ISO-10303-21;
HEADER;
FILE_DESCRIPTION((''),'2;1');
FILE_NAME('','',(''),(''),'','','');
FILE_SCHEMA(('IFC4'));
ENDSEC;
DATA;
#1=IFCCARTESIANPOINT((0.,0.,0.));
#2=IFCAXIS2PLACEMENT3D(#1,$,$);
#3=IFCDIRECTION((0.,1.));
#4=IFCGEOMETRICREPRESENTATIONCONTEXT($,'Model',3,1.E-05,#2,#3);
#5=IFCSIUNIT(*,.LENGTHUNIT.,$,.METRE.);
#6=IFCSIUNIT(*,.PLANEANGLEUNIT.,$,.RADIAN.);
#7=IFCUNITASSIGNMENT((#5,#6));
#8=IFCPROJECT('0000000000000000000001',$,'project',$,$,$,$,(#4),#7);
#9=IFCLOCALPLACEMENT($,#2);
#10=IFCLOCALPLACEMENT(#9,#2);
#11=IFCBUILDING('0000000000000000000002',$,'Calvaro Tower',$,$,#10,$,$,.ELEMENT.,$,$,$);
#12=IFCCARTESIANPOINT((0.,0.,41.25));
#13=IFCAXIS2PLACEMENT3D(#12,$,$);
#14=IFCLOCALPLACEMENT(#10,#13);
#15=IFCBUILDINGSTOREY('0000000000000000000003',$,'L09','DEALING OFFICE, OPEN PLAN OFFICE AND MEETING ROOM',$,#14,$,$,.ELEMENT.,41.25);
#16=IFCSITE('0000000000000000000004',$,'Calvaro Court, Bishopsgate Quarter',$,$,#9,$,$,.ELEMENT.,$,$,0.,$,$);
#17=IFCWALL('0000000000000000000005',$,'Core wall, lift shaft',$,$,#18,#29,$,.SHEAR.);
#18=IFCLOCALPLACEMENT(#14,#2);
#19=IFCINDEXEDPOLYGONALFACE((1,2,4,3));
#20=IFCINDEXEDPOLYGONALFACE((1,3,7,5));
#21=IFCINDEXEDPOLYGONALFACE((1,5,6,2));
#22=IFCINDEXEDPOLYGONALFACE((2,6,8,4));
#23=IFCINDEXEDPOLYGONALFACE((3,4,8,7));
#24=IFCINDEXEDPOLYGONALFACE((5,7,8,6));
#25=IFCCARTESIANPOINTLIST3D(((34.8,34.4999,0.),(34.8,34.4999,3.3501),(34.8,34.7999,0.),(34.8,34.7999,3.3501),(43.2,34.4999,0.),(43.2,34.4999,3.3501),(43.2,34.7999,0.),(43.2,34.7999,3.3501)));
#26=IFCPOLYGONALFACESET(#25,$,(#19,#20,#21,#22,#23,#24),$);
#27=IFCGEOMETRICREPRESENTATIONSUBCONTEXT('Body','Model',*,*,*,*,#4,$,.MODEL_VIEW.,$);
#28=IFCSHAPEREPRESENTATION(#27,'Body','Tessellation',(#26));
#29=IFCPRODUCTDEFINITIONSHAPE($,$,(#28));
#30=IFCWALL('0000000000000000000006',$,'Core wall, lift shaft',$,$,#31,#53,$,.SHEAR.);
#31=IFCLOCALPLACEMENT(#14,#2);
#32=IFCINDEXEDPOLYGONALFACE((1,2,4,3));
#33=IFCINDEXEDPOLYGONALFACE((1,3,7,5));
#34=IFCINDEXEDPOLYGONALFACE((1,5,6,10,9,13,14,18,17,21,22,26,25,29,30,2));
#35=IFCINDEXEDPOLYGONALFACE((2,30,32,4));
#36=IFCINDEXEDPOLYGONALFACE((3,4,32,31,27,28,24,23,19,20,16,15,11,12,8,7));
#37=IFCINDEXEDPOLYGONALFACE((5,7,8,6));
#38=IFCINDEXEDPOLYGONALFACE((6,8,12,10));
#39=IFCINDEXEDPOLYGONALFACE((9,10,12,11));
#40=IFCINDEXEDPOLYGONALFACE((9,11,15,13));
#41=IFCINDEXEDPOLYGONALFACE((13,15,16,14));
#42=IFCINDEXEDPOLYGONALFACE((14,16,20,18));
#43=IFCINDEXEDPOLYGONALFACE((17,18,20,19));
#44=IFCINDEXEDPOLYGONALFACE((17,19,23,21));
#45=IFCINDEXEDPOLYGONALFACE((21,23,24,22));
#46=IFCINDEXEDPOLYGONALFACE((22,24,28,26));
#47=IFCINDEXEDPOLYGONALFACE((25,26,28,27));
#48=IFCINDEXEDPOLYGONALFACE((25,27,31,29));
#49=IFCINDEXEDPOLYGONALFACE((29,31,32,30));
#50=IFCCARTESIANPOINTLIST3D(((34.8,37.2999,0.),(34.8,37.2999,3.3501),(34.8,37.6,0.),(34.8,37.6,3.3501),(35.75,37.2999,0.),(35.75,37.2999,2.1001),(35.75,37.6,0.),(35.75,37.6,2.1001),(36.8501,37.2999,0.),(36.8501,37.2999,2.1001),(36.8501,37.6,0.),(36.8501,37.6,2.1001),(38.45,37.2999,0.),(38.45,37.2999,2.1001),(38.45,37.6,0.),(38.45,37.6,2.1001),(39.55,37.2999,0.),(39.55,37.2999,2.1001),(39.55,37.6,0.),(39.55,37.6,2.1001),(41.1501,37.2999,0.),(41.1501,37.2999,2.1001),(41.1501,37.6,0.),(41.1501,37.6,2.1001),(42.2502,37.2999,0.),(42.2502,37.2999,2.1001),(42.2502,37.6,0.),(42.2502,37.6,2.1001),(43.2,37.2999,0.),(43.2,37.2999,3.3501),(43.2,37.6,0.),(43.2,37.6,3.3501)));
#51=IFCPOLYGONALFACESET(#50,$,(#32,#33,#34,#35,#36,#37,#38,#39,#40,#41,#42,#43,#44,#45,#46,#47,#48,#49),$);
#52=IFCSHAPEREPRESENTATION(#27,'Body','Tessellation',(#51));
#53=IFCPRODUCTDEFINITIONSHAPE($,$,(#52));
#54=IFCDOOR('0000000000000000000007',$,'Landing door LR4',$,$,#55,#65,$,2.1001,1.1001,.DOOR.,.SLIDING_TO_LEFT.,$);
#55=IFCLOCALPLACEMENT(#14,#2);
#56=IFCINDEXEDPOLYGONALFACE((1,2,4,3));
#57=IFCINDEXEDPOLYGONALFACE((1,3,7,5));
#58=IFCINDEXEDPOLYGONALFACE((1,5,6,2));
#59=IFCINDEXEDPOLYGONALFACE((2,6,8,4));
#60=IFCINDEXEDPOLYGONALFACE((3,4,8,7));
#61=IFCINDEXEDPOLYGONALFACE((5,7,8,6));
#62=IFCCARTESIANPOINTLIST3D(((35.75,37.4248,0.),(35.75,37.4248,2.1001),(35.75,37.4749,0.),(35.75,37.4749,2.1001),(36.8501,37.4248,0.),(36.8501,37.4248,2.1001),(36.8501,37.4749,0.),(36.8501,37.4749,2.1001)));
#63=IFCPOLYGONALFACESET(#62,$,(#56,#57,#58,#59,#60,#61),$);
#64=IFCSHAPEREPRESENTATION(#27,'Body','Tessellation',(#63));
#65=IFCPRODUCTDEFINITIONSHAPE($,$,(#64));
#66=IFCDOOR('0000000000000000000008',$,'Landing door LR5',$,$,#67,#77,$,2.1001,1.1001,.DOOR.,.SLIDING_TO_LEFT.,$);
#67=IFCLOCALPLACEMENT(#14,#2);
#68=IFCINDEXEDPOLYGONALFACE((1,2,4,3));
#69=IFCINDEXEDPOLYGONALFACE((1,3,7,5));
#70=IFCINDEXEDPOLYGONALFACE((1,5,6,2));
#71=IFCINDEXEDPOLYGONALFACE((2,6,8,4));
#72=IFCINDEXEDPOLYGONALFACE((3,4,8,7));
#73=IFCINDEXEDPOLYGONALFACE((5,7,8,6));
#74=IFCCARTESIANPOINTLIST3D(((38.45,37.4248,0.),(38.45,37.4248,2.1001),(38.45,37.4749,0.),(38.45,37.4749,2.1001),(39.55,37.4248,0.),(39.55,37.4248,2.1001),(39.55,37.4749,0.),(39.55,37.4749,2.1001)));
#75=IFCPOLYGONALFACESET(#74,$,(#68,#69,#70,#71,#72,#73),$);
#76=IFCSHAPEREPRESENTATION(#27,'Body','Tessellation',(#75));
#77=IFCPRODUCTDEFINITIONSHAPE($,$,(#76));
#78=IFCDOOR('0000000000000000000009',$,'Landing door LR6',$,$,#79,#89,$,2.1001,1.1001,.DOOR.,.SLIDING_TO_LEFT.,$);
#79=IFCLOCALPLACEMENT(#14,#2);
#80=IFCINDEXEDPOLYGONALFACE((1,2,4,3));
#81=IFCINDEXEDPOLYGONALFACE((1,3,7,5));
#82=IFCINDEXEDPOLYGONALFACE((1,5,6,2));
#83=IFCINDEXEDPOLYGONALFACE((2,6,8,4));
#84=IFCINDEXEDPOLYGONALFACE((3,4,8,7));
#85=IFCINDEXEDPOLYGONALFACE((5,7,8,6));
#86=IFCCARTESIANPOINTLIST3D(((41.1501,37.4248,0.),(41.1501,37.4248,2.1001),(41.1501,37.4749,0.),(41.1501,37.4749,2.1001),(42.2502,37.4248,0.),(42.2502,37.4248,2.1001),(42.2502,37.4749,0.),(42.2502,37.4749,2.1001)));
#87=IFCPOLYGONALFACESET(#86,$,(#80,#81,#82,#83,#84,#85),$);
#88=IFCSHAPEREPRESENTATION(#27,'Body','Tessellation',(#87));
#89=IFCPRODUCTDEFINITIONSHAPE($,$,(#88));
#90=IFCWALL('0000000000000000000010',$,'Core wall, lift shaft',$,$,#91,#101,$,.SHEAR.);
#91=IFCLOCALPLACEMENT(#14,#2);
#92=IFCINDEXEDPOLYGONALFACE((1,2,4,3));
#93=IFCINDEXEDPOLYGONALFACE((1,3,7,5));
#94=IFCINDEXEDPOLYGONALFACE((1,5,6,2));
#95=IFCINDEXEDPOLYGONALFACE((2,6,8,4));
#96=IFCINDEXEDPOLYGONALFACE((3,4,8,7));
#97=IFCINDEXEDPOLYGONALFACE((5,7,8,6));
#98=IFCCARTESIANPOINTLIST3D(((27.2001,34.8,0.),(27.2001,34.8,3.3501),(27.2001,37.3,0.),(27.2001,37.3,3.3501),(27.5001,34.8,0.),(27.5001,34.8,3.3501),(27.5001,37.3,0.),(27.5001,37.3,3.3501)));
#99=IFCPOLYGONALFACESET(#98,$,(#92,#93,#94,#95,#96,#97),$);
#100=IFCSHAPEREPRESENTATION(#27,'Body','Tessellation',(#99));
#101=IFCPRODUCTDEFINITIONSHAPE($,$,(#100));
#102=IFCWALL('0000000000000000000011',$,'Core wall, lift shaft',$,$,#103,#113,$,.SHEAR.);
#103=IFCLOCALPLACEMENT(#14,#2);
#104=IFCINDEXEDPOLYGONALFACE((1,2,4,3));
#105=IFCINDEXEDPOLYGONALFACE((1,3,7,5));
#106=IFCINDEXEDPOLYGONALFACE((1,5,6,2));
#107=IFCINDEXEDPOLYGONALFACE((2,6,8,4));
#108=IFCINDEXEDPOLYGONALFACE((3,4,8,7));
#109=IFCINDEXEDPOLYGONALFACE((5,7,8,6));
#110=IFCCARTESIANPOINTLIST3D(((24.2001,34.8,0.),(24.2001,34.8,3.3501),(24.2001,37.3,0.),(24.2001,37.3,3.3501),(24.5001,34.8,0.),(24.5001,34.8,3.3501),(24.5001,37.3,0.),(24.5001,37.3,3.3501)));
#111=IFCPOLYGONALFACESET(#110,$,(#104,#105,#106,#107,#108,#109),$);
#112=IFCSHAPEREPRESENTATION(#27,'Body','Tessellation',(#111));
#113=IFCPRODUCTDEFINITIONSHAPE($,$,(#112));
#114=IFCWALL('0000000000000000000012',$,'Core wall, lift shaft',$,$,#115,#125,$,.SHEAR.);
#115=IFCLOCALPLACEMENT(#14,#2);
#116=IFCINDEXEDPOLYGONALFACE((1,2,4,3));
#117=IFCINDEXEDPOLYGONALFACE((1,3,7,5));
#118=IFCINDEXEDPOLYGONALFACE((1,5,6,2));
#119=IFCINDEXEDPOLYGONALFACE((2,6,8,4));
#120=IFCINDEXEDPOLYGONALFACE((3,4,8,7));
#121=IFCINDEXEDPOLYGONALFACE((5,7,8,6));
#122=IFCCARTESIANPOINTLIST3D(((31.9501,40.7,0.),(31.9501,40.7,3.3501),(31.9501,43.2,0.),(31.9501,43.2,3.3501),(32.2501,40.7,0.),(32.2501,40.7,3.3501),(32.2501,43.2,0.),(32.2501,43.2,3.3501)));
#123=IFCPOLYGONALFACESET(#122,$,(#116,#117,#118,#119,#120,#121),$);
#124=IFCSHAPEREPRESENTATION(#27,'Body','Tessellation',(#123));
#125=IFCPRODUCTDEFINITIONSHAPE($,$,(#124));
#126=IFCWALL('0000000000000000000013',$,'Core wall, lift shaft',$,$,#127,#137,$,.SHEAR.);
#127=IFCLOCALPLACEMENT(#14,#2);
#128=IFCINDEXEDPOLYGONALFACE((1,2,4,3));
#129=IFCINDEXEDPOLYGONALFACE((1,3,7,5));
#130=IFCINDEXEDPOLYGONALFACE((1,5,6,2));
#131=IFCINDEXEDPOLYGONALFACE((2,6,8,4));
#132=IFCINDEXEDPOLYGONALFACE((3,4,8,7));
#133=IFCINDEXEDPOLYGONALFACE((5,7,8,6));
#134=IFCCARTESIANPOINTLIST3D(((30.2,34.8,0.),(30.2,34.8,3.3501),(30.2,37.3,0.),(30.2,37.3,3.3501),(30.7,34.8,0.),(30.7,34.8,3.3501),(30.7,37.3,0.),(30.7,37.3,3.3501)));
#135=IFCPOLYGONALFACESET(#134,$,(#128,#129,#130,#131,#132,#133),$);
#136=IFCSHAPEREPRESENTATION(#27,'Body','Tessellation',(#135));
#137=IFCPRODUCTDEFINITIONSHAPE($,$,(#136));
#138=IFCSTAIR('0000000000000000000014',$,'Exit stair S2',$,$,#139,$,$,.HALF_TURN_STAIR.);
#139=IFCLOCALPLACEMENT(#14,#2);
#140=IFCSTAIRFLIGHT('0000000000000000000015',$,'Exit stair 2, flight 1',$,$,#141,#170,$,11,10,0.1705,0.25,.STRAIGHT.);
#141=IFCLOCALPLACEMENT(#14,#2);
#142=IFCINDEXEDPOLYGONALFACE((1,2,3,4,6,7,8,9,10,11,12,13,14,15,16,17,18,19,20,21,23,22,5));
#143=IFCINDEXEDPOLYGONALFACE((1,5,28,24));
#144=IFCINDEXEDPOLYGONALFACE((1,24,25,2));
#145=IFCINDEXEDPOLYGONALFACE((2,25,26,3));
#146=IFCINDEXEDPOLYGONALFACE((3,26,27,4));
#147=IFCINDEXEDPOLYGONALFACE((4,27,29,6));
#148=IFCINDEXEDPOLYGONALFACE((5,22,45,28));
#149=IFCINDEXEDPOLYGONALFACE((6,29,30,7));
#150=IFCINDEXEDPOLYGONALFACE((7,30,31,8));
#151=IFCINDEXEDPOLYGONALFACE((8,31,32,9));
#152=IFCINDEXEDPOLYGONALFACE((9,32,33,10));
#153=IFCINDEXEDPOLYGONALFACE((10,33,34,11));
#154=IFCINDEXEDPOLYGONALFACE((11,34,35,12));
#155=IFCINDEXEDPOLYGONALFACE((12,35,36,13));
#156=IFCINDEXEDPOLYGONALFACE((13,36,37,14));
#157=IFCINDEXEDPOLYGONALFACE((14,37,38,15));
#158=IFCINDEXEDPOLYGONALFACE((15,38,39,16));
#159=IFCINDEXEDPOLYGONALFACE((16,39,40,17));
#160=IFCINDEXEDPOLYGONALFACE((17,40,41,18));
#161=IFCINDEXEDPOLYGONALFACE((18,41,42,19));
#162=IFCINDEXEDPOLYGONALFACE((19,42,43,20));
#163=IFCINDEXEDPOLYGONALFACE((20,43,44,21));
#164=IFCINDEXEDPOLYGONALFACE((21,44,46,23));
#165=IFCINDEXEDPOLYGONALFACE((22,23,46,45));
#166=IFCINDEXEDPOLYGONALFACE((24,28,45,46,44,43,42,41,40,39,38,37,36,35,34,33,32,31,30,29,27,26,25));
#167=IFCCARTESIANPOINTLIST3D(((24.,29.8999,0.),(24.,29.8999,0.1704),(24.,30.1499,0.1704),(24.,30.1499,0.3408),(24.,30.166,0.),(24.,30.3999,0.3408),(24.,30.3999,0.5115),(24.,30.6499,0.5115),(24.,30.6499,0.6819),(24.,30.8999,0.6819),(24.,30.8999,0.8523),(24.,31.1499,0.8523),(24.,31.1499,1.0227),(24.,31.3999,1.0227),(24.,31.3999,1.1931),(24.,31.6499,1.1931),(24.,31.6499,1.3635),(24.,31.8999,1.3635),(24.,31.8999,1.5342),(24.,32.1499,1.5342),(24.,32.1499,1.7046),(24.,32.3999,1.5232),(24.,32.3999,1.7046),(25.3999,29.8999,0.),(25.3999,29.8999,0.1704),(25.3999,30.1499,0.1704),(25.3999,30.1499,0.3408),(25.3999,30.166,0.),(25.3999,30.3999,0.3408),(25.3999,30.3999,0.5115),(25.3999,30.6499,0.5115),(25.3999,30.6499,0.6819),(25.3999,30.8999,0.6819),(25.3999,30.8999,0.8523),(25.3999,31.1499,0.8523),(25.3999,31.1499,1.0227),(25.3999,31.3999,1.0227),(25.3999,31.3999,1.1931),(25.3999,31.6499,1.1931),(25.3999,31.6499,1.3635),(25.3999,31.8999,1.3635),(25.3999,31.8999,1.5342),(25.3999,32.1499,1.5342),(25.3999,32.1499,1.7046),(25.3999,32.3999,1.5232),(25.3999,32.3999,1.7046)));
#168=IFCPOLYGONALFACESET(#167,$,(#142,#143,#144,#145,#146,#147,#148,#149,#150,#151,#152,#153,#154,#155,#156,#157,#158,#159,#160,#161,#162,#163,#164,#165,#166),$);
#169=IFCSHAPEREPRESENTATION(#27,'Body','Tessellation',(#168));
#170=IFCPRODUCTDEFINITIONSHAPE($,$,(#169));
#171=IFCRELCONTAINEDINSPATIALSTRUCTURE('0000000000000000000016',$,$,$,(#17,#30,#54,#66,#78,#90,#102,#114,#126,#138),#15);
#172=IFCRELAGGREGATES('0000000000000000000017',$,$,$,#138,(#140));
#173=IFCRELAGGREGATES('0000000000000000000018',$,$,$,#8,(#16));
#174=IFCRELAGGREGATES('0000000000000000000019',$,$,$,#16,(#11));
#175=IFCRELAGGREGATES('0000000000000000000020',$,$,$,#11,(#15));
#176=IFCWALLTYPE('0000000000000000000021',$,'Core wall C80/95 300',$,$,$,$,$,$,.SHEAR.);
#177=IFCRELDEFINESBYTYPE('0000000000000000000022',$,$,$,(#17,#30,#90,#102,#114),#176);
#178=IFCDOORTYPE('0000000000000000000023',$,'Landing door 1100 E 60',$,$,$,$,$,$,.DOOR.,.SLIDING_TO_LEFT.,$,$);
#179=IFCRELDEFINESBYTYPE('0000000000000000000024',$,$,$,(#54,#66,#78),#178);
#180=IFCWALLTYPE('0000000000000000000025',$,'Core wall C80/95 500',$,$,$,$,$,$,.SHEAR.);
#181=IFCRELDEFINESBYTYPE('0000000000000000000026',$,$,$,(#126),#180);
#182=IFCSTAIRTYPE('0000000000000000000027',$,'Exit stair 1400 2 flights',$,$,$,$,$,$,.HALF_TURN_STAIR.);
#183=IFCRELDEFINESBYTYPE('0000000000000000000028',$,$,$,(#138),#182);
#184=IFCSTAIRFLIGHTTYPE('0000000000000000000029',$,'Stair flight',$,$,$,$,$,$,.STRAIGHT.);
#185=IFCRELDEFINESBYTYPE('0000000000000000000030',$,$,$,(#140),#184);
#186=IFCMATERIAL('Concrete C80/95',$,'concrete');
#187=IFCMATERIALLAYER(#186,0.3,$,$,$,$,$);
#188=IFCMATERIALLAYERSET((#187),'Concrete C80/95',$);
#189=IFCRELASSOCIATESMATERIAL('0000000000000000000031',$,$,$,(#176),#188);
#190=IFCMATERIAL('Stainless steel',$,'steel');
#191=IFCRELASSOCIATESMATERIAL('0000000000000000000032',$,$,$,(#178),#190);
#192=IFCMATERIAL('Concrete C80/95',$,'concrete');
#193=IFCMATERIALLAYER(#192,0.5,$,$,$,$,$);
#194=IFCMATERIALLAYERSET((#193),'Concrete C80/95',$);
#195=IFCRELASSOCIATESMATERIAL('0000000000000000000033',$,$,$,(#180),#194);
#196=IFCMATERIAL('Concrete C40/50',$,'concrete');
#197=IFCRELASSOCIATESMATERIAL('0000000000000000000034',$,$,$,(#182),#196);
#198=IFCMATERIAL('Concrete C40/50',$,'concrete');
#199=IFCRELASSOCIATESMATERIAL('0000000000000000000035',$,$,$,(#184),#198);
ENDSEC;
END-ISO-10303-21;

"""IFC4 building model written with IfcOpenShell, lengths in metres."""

from ifc_helpers import new_model, si_unit, direction, frame, frame_2d, origin, place, context, subcontext, project, spatial, polyline, rectangle, outline, extrude, material, layer, layer_set, type_object, element, fill, aggregate, save


model = new_model("IFC4")

# Units and contexts
model_context = context("Model", 3, precision=1e-05, world=origin(), true_north=direction((0.0, 1.0)))
body_context = subcontext(model_context, "Body", "Model", "MODEL_VIEW")
ifc_project = project(units=[si_unit("LENGTHUNIT", "METRE"), si_unit("PLANEANGLEUNIT", "RADIAN")], contexts=[model_context])

# Site, building, storey
site_placement = place(None, origin())
site = spatial("IfcSite", under=ifc_project, at=site_placement, Name="Calvaro Court, Bishopsgate Quarter", CompositionType="ELEMENT", RefElevation=0.0)
building_placement = place(site_placement, origin())
building = spatial("IfcBuilding", under=site, at=building_placement, Name="Calvaro Tower", CompositionType="ELEMENT")
storey_placement = place(building_placement, frame((0.0, 0.0, 41.25)))
storey = spatial("IfcBuildingStorey", under=building, at=storey_placement, Name="L09", Description="DEALING OFFICE, OPEN PLAN OFFICE AND MEETING ROOM", CompositionType="ELEMENT", Elevation=41.25)

# Wall
ifc_material_1 = material(Name="Concrete C80/95", Category="concrete")
ifc_layer_1 = layer(ifc_material_1, 0.3)
ifc_layer_set_1 = layer_set([ifc_layer_1], Name="Concrete C80/95")
wall_type_1 = type_object("IfcWallType", Name="Core wall C80/95 300", PredefinedType="SHEAR", material=ifc_layer_set_1)
wall_1_placement = place(storey_placement, frame((34.8, 34.6499, 0.0), z_axis=(0.0, 0.0, 1.0), x_axis=(1.0, 0.0, 0.0)))
element("IfcWall", 1, at=wall_1_placement, inside=storey, type_object=wall_type_1, Name="Core wall, lift shaft", PredefinedType="SHEAR", context=body_context, shape_type="SweptSolid", body=[
    extrude(rectangle(XDim=8.3999, YDim=0.3, at=frame_2d((4.2, 0.0))), origin(), (0.0, 0.0, 1.0), 3.3501),
])

# Wall, openings, doors
wall_2_placement = place(storey_placement, frame((34.8, 37.45, 0.0), z_axis=(0.0, 0.0, 1.0), x_axis=(1.0, 0.0, 0.0)))
wall_2 = element("IfcWall", 2, at=wall_2_placement, inside=storey, type_object=wall_type_1, Name="Core wall, lift shaft", PredefinedType="SHEAR", context=body_context, shape_type="SweptSolid", body=[
    extrude(rectangle(XDim=8.3999, YDim=0.3, at=frame_2d((4.2, 0.0))), origin(), (0.0, 0.0, 1.0), 3.3501),
])
opening_1_placement = place(wall_2_placement, frame((0.95, 0.0, 0.0)))
opening_1 = element("IfcOpeningElement", 3, at=opening_1_placement, cuts=wall_2, PredefinedType="OPENING", context=body_context, shape_type="SweptSolid", body=[
    extrude(rectangle(XDim=1.1001, YDim=2.1001, at=frame_2d((0.55, 1.05))), frame((0.0, 0.1599, 0.0), z_axis=(0.0, -1.0, 0.0), x_axis=(1.0, 0.0, 0.0)), (0.0, 0.0, 1.0), 0.3201),
])
opening_2_placement = place(wall_2_placement, frame((3.6499, 0.0, 0.0)))
opening_2 = element("IfcOpeningElement", 4, at=opening_2_placement, cuts=wall_2, PredefinedType="OPENING", context=body_context, shape_type="SweptSolid", body=[
    extrude(rectangle(XDim=1.1001, YDim=2.1001, at=frame_2d((0.55, 1.05))), frame((0.0, 0.1599, 0.0), z_axis=(0.0, -1.0, 0.0), x_axis=(1.0, 0.0, 0.0)), (0.0, 0.0, 1.0), 0.3201),
])
opening_3_placement = place(wall_2_placement, frame((6.3501, 0.0, 0.0)))
opening_3 = element("IfcOpeningElement", 5, at=opening_3_placement, cuts=wall_2, PredefinedType="OPENING", context=body_context, shape_type="SweptSolid", body=[
    extrude(rectangle(XDim=1.1001, YDim=2.1001, at=frame_2d((0.55, 1.05))), frame((0.0, 0.1599, 0.0), z_axis=(0.0, -1.0, 0.0), x_axis=(1.0, 0.0, 0.0)), (0.0, 0.0, 1.0), 0.3201),
])
ifc_material_2 = material(Name="Stainless steel", Category="steel")
door_type = type_object("IfcDoorType", Name="Landing door 1100 E 60", OperationType="SLIDING_TO_LEFT", PredefinedType="DOOR", material=ifc_material_2)
door_1_placement = place(opening_1_placement, origin())
door_1 = element("IfcDoor", 6, at=door_1_placement, inside=storey, type_object=door_type, Name="Landing door LR4", OperationType="SLIDING_TO_LEFT", OverallHeight=2.1001, OverallWidth=1.1001, PredefinedType="DOOR", context=body_context, shape_type="SweptSolid", body=[
    extrude(rectangle(XDim=1.1001, YDim=2.1001, at=frame_2d((0.55, 1.05))), frame((0.0, 0.0249, 0.0), z_axis=(0.0, -1.0, 0.0), x_axis=(1.0, 0.0, 0.0)), (0.0, 0.0, 1.0), 0.05),
])
fill(opening_1, door_1)
door_2_placement = place(opening_2_placement, origin())
door_2 = element("IfcDoor", 7, at=door_2_placement, inside=storey, type_object=door_type, Name="Landing door LR5", OperationType="SLIDING_TO_LEFT", OverallHeight=2.1001, OverallWidth=1.1001, PredefinedType="DOOR", context=body_context, shape_type="SweptSolid", body=[
    extrude(rectangle(XDim=1.1001, YDim=2.1001, at=frame_2d((0.55, 1.05))), frame((0.0, 0.0249, 0.0), z_axis=(0.0, -1.0, 0.0), x_axis=(1.0, 0.0, 0.0)), (0.0, 0.0, 1.0), 0.05),
])
fill(opening_2, door_2)
door_3_placement = place(opening_3_placement, origin())
door_3 = element("IfcDoor", 8, at=door_3_placement, inside=storey, type_object=door_type, Name="Landing door LR6", OperationType="SLIDING_TO_LEFT", OverallHeight=2.1001, OverallWidth=1.1001, PredefinedType="DOOR", context=body_context, shape_type="SweptSolid", body=[
    extrude(rectangle(XDim=1.1001, YDim=2.1001, at=frame_2d((0.55, 1.05))), frame((0.0, 0.0249, 0.0), z_axis=(0.0, -1.0, 0.0), x_axis=(1.0, 0.0, 0.0)), (0.0, 0.0, 1.0), 0.05),
])
fill(opening_3, door_3)

# Walls
for number, where, z_axis, x_axis, name in (
    (9, (27.3501, 34.8, 0.0), (0.0, 0.0, 1.0), (0.0, 1.0, 0.0), "Core wall, lift shaft"),
    (10, (24.3501, 34.8, 0.0), (0.0, 0.0, 1.0), (0.0, 1.0, 0.0), "Core wall, lift shaft"),
    (11, (32.1001, 40.7, 0.0), (0.0, 0.0, 1.0), (0.0, 1.0, 0.0), "Core wall, lift shaft"),
):
    element("IfcWall", number, at=place(storey_placement, frame(where, z_axis=z_axis, x_axis=x_axis)), inside=storey, type_object=wall_type_1, Name=name, PredefinedType="SHEAR", context=body_context, shape_type="SweptSolid", body=[
        extrude(rectangle(XDim=2.5, YDim=0.3, at=frame_2d((1.25, 0.0))), origin(), (0.0, 0.0, 1.0), 3.3501),
    ])
ifc_material_3 = material(Name="Concrete C80/95", Category="concrete")
ifc_layer_2 = layer(ifc_material_3, 0.5)
ifc_layer_set_2 = layer_set([ifc_layer_2], Name="Concrete C80/95")
wall_type_2 = type_object("IfcWallType", Name="Core wall C80/95 500", PredefinedType="SHEAR", material=ifc_layer_set_2)
wall_3_placement = place(storey_placement, frame((30.45, 34.8, 0.0), z_axis=(0.0, 0.0, 1.0), x_axis=(0.0, 1.0, 0.0)))
element("IfcWall", 12, at=wall_3_placement, inside=storey, type_object=wall_type_2, Name="Core wall, lift shaft", PredefinedType="SHEAR", context=body_context, shape_type="SweptSolid", body=[
    extrude(rectangle(XDim=2.5, YDim=0.5, at=frame_2d((1.25, 0.0))), origin(), (0.0, 0.0, 1.0), 3.3501),
])

# Stair, stair flight
ifc_material_4 = material(Name="Concrete C40/50", Category="concrete")
stair_type = type_object("IfcStairType", Name="Exit stair 1400 2 flights", PredefinedType="HALF_TURN_STAIR", material=ifc_material_4)
stair_placement = place(storey_placement, origin())
stair = element("IfcStair", 13, at=stair_placement, inside=storey, type_object=stair_type, Name="Exit stair S2", PredefinedType="HALF_TURN_STAIR")
ifc_material_5 = material(Name="Concrete C40/50", Category="concrete")
stair_flight_type = type_object("IfcStairFlightType", Name="Stair flight", PredefinedType="STRAIGHT", material=ifc_material_5)
stair_flight_1_placement = place(storey_placement, frame((24.7, 29.8999, 0.0), z_axis=(0.0, 0.0, 1.0), x_axis=(0.0, 1.0, 0.0)))
stair_flight_1 = element("IfcStairFlight", 14, at=stair_flight_1_placement, type_object=stair_flight_type, Name="Exit stair 2, flight 1", NumberOfRisers=11, NumberOfTreads=10, PredefinedType="STRAIGHT", RiserHeight=0.1705, TreadLength=0.25, context=body_context, shape_type="SweptSolid", body=[
    extrude(outline(polyline([(0.0, 0.0), (0.0, 0.1704), (0.25, 0.1704), (0.25, 0.3408), (0.5, 0.3408), (0.5, 0.5115), (0.75, 0.5115), (0.75, 0.6819), (1.0, 0.6819), (1.0, 0.8523), (1.25, 0.8523), (1.25, 1.0227), (1.5, 1.0227), (1.5, 1.1931), (1.75, 1.1931), (1.75, 1.3635), (2.0, 1.3635), (2.0, 1.5342), (2.25, 1.5342), (2.25, 1.7046), (2.5, 1.7046), (2.5, 1.875), (2.5, 1.5232), (0.2661, 0.0), (0.0, 0.0)])), frame((0.0, 0.7, 0.0), z_axis=(0.0, -1.0, 0.0), x_axis=(1.0, 0.0, 0.0)), (0.0, 0.0, 1.0), 1.3999),
])
aggregate(stair, [stair_flight_1])

save(model, "model.ifc")
